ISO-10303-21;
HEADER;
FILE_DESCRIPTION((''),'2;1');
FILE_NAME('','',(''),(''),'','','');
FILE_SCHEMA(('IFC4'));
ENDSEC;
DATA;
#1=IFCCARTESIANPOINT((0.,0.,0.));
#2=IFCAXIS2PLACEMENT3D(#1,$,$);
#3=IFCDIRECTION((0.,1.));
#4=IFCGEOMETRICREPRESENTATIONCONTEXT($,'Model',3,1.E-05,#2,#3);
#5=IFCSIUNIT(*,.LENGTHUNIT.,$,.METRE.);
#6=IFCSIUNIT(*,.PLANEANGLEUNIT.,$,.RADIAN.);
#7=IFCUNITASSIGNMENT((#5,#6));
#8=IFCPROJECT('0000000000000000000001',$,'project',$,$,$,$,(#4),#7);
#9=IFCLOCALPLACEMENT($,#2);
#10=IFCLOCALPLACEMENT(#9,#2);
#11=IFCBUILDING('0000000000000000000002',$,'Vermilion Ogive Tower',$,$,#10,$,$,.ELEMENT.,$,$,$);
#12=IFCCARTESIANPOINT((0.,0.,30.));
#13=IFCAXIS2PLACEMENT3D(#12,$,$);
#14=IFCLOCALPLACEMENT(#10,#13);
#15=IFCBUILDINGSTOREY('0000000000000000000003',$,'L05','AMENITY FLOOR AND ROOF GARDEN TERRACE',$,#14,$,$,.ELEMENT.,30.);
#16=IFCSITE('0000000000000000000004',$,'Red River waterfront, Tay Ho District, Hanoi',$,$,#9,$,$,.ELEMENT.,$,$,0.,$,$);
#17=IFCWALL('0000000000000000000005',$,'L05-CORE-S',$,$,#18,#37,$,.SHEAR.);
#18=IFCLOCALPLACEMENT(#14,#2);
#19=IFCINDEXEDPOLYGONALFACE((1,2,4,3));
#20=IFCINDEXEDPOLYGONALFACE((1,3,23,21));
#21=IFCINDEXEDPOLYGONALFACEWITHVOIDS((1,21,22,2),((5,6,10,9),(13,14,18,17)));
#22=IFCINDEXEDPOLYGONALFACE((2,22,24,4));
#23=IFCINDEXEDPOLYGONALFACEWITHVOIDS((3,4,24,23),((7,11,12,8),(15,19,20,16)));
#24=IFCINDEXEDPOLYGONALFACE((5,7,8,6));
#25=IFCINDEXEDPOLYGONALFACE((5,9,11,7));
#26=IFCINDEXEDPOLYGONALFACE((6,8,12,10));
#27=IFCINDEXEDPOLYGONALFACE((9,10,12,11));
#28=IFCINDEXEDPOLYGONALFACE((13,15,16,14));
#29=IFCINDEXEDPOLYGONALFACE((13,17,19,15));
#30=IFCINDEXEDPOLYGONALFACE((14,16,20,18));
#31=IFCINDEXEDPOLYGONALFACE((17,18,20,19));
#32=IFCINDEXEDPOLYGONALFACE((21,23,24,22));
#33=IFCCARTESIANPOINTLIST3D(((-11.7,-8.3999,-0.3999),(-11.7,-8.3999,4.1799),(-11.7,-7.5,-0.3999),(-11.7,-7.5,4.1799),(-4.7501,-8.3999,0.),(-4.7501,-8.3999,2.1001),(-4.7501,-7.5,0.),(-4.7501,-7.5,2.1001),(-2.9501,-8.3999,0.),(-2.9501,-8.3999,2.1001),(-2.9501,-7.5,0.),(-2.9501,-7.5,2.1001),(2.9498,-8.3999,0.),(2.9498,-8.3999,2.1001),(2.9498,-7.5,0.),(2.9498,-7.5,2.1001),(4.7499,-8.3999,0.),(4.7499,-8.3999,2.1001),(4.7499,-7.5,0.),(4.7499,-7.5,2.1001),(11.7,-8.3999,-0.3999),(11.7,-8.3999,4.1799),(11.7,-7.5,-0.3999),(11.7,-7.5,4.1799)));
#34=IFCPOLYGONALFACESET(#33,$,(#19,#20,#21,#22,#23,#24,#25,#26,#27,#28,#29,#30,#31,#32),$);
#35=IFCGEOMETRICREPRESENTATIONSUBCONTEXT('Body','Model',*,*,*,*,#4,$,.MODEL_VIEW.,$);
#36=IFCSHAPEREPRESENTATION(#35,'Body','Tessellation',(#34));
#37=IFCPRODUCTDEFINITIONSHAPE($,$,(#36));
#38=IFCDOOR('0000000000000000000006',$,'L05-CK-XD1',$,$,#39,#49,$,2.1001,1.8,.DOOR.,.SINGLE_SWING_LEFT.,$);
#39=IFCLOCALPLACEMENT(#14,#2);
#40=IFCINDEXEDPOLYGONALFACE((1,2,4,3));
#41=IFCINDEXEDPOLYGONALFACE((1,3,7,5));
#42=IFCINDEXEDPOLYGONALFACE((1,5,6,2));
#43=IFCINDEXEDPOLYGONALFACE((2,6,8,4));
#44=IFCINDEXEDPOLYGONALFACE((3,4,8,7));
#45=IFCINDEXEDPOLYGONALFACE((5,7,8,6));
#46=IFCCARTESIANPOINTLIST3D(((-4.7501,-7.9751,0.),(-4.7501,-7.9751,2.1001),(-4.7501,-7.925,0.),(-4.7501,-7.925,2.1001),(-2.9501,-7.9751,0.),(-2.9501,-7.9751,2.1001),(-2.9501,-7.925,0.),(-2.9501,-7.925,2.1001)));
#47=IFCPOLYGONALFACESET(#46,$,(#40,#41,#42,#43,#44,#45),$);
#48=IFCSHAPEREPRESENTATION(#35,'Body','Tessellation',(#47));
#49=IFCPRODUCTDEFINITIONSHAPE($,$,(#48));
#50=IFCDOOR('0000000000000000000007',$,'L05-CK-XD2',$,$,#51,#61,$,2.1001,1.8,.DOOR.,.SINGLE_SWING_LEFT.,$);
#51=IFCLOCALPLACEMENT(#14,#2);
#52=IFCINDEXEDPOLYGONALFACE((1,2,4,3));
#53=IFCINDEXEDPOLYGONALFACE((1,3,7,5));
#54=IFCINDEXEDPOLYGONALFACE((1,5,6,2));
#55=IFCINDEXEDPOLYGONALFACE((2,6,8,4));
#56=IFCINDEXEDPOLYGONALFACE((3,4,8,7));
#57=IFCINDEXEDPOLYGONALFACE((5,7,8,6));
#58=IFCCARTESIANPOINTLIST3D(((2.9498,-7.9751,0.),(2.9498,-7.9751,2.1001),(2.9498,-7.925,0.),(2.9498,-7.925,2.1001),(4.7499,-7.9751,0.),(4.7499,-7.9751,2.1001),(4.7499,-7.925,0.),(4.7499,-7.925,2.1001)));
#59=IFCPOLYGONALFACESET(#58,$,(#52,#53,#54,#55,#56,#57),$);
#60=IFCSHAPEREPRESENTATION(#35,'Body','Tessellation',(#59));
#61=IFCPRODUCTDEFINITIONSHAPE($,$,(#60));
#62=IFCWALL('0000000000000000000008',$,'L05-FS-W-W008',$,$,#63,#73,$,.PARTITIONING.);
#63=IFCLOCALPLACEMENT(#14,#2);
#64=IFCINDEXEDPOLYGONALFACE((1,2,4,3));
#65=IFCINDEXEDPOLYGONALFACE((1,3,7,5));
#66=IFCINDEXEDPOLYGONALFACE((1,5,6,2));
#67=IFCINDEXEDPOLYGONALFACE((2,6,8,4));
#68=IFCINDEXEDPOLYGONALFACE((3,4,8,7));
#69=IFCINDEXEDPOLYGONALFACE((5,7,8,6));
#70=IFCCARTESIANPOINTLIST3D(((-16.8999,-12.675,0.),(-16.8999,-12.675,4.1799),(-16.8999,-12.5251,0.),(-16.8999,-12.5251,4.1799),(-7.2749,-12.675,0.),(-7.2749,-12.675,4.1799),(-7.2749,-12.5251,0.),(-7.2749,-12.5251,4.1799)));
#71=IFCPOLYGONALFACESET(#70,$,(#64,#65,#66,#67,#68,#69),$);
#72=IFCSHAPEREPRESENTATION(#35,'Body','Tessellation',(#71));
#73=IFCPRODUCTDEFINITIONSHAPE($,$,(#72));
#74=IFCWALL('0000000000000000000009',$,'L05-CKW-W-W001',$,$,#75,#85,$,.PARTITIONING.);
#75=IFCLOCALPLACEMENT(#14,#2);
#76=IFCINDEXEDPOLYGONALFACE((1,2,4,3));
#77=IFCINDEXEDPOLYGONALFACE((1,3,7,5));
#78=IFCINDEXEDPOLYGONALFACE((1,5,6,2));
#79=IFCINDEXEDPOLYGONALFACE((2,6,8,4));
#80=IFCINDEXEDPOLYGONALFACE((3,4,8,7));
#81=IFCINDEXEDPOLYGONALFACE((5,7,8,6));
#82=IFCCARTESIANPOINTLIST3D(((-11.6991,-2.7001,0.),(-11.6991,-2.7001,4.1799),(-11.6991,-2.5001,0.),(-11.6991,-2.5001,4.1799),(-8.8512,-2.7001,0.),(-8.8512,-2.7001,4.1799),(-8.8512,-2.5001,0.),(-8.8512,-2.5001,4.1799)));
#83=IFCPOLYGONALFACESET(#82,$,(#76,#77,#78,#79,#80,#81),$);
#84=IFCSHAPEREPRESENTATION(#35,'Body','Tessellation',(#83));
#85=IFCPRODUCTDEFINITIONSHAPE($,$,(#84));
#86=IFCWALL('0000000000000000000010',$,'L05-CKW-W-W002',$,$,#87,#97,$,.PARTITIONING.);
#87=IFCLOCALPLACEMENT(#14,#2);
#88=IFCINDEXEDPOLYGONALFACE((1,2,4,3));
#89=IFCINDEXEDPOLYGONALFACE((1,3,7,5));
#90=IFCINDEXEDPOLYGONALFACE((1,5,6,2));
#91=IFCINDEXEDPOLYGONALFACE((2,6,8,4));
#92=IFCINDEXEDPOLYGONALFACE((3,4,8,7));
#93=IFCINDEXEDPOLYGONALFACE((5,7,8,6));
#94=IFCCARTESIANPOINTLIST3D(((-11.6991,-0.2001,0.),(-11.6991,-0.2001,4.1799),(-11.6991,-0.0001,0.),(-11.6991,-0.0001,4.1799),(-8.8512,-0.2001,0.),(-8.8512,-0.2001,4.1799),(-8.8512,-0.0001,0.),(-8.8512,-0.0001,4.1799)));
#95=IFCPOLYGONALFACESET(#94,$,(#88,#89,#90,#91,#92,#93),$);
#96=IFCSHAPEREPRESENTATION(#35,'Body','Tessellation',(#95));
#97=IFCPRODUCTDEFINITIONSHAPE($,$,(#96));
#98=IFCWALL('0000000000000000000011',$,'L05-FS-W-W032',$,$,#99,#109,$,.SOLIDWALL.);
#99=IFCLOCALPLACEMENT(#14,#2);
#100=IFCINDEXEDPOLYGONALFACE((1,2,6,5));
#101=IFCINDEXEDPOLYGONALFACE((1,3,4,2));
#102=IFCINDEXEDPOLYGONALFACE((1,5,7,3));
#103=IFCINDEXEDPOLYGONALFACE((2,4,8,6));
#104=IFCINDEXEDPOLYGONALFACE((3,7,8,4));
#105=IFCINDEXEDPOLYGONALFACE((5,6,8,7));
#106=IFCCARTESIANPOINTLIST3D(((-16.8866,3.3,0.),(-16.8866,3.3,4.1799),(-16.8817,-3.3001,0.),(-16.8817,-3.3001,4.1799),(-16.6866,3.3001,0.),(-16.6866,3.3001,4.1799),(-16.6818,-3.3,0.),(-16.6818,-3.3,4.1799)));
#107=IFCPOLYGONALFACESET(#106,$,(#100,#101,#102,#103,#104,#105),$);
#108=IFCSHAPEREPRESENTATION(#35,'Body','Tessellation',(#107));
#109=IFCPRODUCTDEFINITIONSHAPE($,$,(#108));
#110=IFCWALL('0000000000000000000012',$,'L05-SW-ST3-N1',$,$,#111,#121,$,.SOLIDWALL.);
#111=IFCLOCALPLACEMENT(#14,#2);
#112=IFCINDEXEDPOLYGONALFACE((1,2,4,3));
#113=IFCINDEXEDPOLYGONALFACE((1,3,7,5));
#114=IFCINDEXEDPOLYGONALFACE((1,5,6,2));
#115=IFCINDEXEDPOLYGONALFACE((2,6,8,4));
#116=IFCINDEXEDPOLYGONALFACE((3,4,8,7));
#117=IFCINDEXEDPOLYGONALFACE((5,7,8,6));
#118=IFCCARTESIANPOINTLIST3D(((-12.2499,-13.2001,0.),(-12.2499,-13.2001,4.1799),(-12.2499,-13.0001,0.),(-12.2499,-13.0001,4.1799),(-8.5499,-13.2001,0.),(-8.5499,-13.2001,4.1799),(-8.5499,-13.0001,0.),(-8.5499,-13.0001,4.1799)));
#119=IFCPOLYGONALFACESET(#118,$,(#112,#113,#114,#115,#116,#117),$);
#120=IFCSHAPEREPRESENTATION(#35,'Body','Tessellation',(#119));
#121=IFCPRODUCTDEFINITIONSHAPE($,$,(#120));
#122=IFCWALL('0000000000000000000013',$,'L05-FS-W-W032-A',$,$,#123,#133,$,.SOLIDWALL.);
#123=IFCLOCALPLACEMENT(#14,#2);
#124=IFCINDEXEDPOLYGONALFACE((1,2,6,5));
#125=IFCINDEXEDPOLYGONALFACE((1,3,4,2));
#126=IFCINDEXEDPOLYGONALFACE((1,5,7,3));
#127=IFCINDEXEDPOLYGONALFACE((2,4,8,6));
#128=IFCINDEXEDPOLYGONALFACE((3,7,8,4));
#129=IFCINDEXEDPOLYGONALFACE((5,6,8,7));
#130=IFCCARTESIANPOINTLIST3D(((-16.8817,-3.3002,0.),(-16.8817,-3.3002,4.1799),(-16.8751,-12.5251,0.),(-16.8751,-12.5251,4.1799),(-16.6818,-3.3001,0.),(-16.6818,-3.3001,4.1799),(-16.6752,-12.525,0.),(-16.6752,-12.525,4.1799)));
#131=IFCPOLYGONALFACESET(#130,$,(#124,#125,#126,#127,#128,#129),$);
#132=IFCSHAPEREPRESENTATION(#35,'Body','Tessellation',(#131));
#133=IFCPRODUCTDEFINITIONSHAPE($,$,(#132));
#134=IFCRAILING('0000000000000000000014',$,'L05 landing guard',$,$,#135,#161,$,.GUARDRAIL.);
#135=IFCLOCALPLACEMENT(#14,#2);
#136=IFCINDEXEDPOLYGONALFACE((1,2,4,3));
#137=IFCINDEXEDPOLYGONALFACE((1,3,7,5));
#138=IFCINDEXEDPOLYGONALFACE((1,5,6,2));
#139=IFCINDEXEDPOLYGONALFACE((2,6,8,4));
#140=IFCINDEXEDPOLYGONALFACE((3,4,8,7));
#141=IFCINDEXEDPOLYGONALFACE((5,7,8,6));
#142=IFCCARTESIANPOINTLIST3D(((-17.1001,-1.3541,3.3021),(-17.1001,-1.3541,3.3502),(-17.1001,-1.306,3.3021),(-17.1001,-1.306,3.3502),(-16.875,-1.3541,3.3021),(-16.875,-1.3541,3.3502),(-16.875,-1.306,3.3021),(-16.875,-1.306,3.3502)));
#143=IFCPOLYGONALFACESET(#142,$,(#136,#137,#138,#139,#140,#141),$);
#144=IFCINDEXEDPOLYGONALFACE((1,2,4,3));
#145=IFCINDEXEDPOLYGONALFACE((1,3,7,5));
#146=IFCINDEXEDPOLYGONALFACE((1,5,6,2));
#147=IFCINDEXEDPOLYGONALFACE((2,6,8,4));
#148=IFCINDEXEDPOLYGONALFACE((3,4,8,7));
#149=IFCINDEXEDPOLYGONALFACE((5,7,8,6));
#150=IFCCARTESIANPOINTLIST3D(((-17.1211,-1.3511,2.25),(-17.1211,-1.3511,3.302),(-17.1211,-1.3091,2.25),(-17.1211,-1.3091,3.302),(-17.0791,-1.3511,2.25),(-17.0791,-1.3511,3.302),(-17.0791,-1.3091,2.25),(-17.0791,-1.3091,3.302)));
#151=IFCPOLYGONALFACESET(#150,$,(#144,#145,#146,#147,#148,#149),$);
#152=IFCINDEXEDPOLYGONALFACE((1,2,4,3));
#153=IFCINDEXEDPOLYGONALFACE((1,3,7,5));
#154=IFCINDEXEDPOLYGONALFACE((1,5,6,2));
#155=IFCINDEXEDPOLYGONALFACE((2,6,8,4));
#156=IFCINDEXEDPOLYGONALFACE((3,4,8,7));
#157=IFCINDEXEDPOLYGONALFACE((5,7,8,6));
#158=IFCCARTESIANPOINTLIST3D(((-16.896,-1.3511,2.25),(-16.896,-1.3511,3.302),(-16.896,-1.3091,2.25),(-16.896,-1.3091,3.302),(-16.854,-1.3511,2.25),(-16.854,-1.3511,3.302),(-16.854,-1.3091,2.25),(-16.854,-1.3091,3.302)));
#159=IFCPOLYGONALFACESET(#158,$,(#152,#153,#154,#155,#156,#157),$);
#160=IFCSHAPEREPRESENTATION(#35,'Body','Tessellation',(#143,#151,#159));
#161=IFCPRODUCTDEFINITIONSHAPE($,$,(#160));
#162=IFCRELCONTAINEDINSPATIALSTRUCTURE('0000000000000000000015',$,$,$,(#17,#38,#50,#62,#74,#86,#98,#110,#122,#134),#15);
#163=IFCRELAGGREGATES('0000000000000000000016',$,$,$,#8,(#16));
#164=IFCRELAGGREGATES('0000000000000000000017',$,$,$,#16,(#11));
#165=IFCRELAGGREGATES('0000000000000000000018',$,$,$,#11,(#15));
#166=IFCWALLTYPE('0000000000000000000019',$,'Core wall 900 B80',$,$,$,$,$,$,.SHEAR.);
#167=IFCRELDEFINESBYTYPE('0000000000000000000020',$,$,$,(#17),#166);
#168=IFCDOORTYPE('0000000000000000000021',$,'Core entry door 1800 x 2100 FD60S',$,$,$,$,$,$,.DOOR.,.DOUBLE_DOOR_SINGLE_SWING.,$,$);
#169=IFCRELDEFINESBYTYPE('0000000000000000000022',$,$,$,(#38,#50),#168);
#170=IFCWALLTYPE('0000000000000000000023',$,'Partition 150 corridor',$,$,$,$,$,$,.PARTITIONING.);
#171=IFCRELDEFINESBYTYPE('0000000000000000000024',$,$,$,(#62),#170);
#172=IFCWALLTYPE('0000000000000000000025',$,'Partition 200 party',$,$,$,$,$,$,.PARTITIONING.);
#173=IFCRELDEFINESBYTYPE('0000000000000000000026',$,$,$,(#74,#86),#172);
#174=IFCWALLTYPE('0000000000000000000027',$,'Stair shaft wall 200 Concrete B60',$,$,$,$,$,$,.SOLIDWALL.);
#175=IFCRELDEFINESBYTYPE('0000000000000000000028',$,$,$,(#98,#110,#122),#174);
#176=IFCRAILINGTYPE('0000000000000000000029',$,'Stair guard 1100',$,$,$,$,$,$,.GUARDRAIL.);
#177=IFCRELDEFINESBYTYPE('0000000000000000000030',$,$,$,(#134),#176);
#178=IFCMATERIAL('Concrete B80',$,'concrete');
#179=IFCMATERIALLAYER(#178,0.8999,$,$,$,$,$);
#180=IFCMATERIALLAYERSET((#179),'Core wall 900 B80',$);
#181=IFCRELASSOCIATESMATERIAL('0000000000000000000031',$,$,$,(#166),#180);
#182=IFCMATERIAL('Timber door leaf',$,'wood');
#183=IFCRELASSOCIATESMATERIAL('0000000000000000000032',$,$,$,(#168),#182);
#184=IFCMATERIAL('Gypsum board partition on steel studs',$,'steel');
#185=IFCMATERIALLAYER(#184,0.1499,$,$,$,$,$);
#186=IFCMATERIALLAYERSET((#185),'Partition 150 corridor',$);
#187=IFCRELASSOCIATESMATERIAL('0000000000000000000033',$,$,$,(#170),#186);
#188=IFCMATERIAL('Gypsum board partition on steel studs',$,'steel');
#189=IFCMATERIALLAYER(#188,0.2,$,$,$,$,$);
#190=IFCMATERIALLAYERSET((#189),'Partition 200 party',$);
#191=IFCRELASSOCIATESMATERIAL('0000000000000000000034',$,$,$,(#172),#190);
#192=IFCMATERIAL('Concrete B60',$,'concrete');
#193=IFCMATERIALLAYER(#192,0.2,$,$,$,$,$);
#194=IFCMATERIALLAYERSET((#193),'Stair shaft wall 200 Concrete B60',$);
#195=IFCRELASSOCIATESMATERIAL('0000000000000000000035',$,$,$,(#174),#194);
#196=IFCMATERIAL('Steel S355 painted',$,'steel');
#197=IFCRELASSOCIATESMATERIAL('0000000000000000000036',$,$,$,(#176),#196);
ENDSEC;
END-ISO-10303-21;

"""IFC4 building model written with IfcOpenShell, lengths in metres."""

from ifc_helpers import new_model, si_unit, direction, frame, frame_2d, origin, origin_2d, place, context, subcontext, project, spatial, rectangle, extrude, material, layer, layer_set, type_object, element, fill, save


model = new_model("IFC4")

# Units and contexts
model_context = context("Model", 3, precision=1e-05, world=origin(), true_north=direction((0.0, 1.0)))
body_context = subcontext(model_context, "Body", "Model", "MODEL_VIEW")
ifc_project = project(units=[si_unit("LENGTHUNIT", "METRE"), si_unit("PLANEANGLEUNIT", "RADIAN")], contexts=[model_context])

# Site, building, storey
site_placement = place(None, origin())
site = spatial("IfcSite", under=ifc_project, at=site_placement, Name="Red River waterfront, Tay Ho District, Hanoi", CompositionType="ELEMENT", RefElevation=0.0)
building_placement = place(site_placement, origin())
building = spatial("IfcBuilding", under=site, at=building_placement, Name="Vermilion Ogive Tower", CompositionType="ELEMENT")
storey_placement = place(building_placement, frame((0.0, 0.0, 30.0)))
storey = spatial("IfcBuildingStorey", under=building, at=storey_placement, Name="L05", Description="AMENITY FLOOR AND ROOF GARDEN TERRACE", CompositionType="ELEMENT", Elevation=30.0)

# Wall, openings, doors
ifc_material_1 = material(Name="Concrete B80", Category="concrete")
ifc_layer_1 = layer(ifc_material_1, 0.8999)
ifc_layer_set_1 = layer_set([ifc_layer_1], Name="Core wall 900 B80")
wall_type_1 = type_object("IfcWallType", Name="Core wall 900 B80", PredefinedType="SHEAR", material=ifc_layer_set_1)
wall_1_placement = place(storey_placement, frame((-11.7, -7.95, -0.3999), z_axis=(0.0, 0.0, 1.0), x_axis=(1.0, 0.0, 0.0)))
wall_1 = element("IfcWall", 1, at=wall_1_placement, inside=storey, type_object=wall_type_1, Name="L05-CORE-S", PredefinedType="SHEAR", context=body_context, shape_type="SweptSolid", body=[
    extrude(rectangle(XDim=23.3999, YDim=0.8999, at=frame_2d((11.7, 0.0))), origin(), (0.0, 0.0, 1.0), 4.5798),
])
opening_1_placement = place(wall_1_placement, frame((6.95, 0.0, 0.3999)))
opening_1 = element("IfcOpeningElement", 2, at=opening_1_placement, cuts=wall_1, PredefinedType="OPENING", context=body_context, shape_type="SweptSolid", body=[
    extrude(rectangle(XDim=1.8, YDim=2.1001, at=frame_2d((0.8999, 1.05))), frame((0.0, 0.46, 0.0), z_axis=(0.0, -1.0, 0.0), x_axis=(1.0, 0.0, 0.0)), (0.0, 0.0, 1.0), 0.9199),
])
opening_2_placement = place(wall_1_placement, frame((14.6499, 0.0, 0.3999)))
opening_2 = element("IfcOpeningElement", 3, at=opening_2_placement, cuts=wall_1, PredefinedType="OPENING", context=body_context, shape_type="SweptSolid", body=[
    extrude(rectangle(XDim=1.8, YDim=2.1001, at=frame_2d((0.8999, 1.05))), frame((0.0, 0.46, 0.0), z_axis=(0.0, -1.0, 0.0), x_axis=(1.0, 0.0, 0.0)), (0.0, 0.0, 1.0), 0.9199),
])
ifc_material_2 = material(Name="Timber door leaf", Category="wood")
door_type_1 = type_object("IfcDoorType", Name="Core entry door 1800 x 2100 FD60S", OperationType="DOUBLE_DOOR_SINGLE_SWING", PredefinedType="DOOR", material=ifc_material_2)
door_1_placement = place(opening_1_placement, origin())
door_1 = element("IfcDoor", 4, at=door_1_placement, inside=storey, type_object=door_type_1, Name="L05-CK-XD1", OperationType="SINGLE_SWING_LEFT", OverallHeight=2.1001, OverallWidth=1.8, PredefinedType="DOOR", context=body_context, shape_type="SweptSolid", body=[
    extrude(rectangle(XDim=1.8, YDim=2.1001, at=frame_2d((0.8999, 1.05))), frame((0.0, 0.0249, 0.0), z_axis=(0.0, -1.0, 0.0), x_axis=(1.0, 0.0, 0.0)), (0.0, 0.0, 1.0), 0.05),
])
fill(opening_1, door_1)
door_2_placement = place(opening_2_placement, origin())
door_2 = element("IfcDoor", 5, at=door_2_placement, inside=storey, type_object=door_type_1, Name="L05-CK-XD2", OperationType="SINGLE_SWING_LEFT", OverallHeight=2.1001, OverallWidth=1.8, PredefinedType="DOOR", context=body_context, shape_type="SweptSolid", body=[
    extrude(rectangle(XDim=1.8, YDim=2.1001, at=frame_2d((0.8999, 1.05))), frame((0.0, 0.0249, 0.0), z_axis=(0.0, -1.0, 0.0), x_axis=(1.0, 0.0, 0.0)), (0.0, 0.0, 1.0), 0.05),
])
fill(opening_2, door_2)

# Walls
ifc_material_3 = material(Name="Gypsum board partition on steel studs", Category="steel")
ifc_layer_2 = layer(ifc_material_3, 0.1499)
ifc_layer_set_2 = layer_set([ifc_layer_2], Name="Partition 150 corridor")
wall_type_2 = type_object("IfcWallType", Name="Partition 150 corridor", PredefinedType="PARTITIONING", material=ifc_layer_set_2)
wall_2_placement = place(storey_placement, frame((-16.8999, -12.6001, 0.0), z_axis=(0.0, 0.0, 1.0), x_axis=(1.0, 0.0, 0.0)))
element("IfcWall", 6, at=wall_2_placement, inside=storey, type_object=wall_type_2, Name="L05-FS-W-W008", PredefinedType="PARTITIONING", context=body_context, shape_type="SweptSolid", body=[
    extrude(rectangle(XDim=9.625, YDim=0.1499, at=frame_2d((4.8125, 0.0))), origin(), (0.0, 0.0, 1.0), 4.1799),
])
ifc_material_4 = material(Name="Gypsum board partition on steel studs", Category="steel")
ifc_layer_3 = layer(ifc_material_4, 0.2)
ifc_layer_set_3 = layer_set([ifc_layer_3], Name="Partition 200 party")
wall_type_3 = type_object("IfcWallType", Name="Partition 200 party", PredefinedType="PARTITIONING", material=ifc_layer_set_3)
for number, where, z_axis, x_axis, name in (
    (7, (-11.699, -2.6001, 0.0), (0.0, 0.0, 1.0), (1.0, 0.0, 0.0), "L05-CKW-W-W001"),
    (8, (-11.699, -0.1001, 0.0), (0.0, 0.0, 1.0), (1.0, 0.0, 0.0), "L05-CKW-W-W002"),
):
    element("IfcWall", number, at=place(storey_placement, frame(where, z_axis=z_axis, x_axis=x_axis)), inside=storey, type_object=wall_type_3, Name=name, PredefinedType="PARTITIONING", context=body_context, shape_type="SweptSolid", body=[
        extrude(rectangle(XDim=2.8479, YDim=0.2, at=frame_2d((1.4238, 0.0))), origin(), (0.0, 0.0, 1.0), 4.1799),
    ])
ifc_material_5 = material(Name="Concrete B60", Category="concrete")
ifc_layer_4 = layer(ifc_material_5, 0.2)
ifc_layer_set_4 = layer_set([ifc_layer_4], Name="Stair shaft wall 200 Concrete B60")
wall_type_4 = type_object("IfcWallType", Name="Stair shaft wall 200 Concrete B60", PredefinedType="SOLIDWALL", material=ifc_layer_set_4)
wall_3_placement = place(storey_placement, frame((-16.7817, -3.3, 0.0), z_axis=(0.0, 0.0, 1.0), x_axis=(-0.00074, 1.0, 0.0)))
element("IfcWall", 9, at=wall_3_placement, inside=storey, type_object=wall_type_4, Name="L05-FS-W-W032", PredefinedType="SOLIDWALL", context=body_context, shape_type="SweptSolid", body=[
    extrude(rectangle(XDim=6.6001, YDim=0.2, at=frame_2d((3.3, 0.0))), origin(), (0.0, 0.0, 1.0), 4.1799),
])
wall_4_placement = place(storey_placement, frame((-12.25, -13.1001, 0.0), z_axis=(0.0, 0.0, 1.0), x_axis=(1.0, 0.0, 0.0)))
element("IfcWall", 10, at=wall_4_placement, inside=storey, type_object=wall_type_4, Name="L05-SW-ST3-N1", PredefinedType="SOLIDWALL", context=body_context, shape_type="SweptSolid", body=[
    extrude(rectangle(XDim=3.7, YDim=0.2, at=frame_2d((1.8501, 0.0))), origin(), (0.0, 0.0, 1.0), 4.1799),
])
wall_5_placement = place(storey_placement, frame((-16.7751, -12.5249, 0.0), z_axis=(0.0, 0.0, 1.0), x_axis=(-0.000715, 1.0, 0.0)))
element("IfcWall", 11, at=wall_5_placement, inside=storey, type_object=wall_type_4, Name="L05-FS-W-W032-A", PredefinedType="SOLIDWALL", context=body_context, shape_type="SweptSolid", body=[
    extrude(rectangle(XDim=9.2249, YDim=0.2, at=frame_2d((4.6123, 0.0))), origin(), (0.0, 0.0, 1.0), 4.1799),
])

# Railing
ifc_material_6 = material(Name="Steel S355 painted", Category="steel")
railing_type = type_object("IfcRailingType", Name="Stair guard 1100", PredefinedType="GUARDRAIL", material=ifc_material_6)
railing_placement = place(storey_placement, frame((-17.1001, -1.3301, 2.25)))
element("IfcRailing", 12, at=railing_placement, inside=storey, type_object=railing_type, Name="L05 landing guard", PredefinedType="GUARDRAIL", context=body_context, shape_type="SweptSolid", body=[
    extrude(rectangle(XDim=0.0481, YDim=0.0481, at=origin_2d()), frame((0.0, 0.0, 1.0762), z_axis=(1.0, 0.0, 0.0), x_axis=(0.0, 1.0, 0.0)), (0.0, 0.0, 1.0), 0.2251),
    extrude(rectangle(XDim=0.042, YDim=0.042, at=origin_2d()), origin(), (0.0, 0.0, 1.0), 1.052),
    extrude(rectangle(XDim=0.042, YDim=0.042, at=origin_2d()), frame((0.2251, 0.0, 0.0)), (0.0, 0.0, 1.0), 1.052),
])

save(model, "model.ifc")
